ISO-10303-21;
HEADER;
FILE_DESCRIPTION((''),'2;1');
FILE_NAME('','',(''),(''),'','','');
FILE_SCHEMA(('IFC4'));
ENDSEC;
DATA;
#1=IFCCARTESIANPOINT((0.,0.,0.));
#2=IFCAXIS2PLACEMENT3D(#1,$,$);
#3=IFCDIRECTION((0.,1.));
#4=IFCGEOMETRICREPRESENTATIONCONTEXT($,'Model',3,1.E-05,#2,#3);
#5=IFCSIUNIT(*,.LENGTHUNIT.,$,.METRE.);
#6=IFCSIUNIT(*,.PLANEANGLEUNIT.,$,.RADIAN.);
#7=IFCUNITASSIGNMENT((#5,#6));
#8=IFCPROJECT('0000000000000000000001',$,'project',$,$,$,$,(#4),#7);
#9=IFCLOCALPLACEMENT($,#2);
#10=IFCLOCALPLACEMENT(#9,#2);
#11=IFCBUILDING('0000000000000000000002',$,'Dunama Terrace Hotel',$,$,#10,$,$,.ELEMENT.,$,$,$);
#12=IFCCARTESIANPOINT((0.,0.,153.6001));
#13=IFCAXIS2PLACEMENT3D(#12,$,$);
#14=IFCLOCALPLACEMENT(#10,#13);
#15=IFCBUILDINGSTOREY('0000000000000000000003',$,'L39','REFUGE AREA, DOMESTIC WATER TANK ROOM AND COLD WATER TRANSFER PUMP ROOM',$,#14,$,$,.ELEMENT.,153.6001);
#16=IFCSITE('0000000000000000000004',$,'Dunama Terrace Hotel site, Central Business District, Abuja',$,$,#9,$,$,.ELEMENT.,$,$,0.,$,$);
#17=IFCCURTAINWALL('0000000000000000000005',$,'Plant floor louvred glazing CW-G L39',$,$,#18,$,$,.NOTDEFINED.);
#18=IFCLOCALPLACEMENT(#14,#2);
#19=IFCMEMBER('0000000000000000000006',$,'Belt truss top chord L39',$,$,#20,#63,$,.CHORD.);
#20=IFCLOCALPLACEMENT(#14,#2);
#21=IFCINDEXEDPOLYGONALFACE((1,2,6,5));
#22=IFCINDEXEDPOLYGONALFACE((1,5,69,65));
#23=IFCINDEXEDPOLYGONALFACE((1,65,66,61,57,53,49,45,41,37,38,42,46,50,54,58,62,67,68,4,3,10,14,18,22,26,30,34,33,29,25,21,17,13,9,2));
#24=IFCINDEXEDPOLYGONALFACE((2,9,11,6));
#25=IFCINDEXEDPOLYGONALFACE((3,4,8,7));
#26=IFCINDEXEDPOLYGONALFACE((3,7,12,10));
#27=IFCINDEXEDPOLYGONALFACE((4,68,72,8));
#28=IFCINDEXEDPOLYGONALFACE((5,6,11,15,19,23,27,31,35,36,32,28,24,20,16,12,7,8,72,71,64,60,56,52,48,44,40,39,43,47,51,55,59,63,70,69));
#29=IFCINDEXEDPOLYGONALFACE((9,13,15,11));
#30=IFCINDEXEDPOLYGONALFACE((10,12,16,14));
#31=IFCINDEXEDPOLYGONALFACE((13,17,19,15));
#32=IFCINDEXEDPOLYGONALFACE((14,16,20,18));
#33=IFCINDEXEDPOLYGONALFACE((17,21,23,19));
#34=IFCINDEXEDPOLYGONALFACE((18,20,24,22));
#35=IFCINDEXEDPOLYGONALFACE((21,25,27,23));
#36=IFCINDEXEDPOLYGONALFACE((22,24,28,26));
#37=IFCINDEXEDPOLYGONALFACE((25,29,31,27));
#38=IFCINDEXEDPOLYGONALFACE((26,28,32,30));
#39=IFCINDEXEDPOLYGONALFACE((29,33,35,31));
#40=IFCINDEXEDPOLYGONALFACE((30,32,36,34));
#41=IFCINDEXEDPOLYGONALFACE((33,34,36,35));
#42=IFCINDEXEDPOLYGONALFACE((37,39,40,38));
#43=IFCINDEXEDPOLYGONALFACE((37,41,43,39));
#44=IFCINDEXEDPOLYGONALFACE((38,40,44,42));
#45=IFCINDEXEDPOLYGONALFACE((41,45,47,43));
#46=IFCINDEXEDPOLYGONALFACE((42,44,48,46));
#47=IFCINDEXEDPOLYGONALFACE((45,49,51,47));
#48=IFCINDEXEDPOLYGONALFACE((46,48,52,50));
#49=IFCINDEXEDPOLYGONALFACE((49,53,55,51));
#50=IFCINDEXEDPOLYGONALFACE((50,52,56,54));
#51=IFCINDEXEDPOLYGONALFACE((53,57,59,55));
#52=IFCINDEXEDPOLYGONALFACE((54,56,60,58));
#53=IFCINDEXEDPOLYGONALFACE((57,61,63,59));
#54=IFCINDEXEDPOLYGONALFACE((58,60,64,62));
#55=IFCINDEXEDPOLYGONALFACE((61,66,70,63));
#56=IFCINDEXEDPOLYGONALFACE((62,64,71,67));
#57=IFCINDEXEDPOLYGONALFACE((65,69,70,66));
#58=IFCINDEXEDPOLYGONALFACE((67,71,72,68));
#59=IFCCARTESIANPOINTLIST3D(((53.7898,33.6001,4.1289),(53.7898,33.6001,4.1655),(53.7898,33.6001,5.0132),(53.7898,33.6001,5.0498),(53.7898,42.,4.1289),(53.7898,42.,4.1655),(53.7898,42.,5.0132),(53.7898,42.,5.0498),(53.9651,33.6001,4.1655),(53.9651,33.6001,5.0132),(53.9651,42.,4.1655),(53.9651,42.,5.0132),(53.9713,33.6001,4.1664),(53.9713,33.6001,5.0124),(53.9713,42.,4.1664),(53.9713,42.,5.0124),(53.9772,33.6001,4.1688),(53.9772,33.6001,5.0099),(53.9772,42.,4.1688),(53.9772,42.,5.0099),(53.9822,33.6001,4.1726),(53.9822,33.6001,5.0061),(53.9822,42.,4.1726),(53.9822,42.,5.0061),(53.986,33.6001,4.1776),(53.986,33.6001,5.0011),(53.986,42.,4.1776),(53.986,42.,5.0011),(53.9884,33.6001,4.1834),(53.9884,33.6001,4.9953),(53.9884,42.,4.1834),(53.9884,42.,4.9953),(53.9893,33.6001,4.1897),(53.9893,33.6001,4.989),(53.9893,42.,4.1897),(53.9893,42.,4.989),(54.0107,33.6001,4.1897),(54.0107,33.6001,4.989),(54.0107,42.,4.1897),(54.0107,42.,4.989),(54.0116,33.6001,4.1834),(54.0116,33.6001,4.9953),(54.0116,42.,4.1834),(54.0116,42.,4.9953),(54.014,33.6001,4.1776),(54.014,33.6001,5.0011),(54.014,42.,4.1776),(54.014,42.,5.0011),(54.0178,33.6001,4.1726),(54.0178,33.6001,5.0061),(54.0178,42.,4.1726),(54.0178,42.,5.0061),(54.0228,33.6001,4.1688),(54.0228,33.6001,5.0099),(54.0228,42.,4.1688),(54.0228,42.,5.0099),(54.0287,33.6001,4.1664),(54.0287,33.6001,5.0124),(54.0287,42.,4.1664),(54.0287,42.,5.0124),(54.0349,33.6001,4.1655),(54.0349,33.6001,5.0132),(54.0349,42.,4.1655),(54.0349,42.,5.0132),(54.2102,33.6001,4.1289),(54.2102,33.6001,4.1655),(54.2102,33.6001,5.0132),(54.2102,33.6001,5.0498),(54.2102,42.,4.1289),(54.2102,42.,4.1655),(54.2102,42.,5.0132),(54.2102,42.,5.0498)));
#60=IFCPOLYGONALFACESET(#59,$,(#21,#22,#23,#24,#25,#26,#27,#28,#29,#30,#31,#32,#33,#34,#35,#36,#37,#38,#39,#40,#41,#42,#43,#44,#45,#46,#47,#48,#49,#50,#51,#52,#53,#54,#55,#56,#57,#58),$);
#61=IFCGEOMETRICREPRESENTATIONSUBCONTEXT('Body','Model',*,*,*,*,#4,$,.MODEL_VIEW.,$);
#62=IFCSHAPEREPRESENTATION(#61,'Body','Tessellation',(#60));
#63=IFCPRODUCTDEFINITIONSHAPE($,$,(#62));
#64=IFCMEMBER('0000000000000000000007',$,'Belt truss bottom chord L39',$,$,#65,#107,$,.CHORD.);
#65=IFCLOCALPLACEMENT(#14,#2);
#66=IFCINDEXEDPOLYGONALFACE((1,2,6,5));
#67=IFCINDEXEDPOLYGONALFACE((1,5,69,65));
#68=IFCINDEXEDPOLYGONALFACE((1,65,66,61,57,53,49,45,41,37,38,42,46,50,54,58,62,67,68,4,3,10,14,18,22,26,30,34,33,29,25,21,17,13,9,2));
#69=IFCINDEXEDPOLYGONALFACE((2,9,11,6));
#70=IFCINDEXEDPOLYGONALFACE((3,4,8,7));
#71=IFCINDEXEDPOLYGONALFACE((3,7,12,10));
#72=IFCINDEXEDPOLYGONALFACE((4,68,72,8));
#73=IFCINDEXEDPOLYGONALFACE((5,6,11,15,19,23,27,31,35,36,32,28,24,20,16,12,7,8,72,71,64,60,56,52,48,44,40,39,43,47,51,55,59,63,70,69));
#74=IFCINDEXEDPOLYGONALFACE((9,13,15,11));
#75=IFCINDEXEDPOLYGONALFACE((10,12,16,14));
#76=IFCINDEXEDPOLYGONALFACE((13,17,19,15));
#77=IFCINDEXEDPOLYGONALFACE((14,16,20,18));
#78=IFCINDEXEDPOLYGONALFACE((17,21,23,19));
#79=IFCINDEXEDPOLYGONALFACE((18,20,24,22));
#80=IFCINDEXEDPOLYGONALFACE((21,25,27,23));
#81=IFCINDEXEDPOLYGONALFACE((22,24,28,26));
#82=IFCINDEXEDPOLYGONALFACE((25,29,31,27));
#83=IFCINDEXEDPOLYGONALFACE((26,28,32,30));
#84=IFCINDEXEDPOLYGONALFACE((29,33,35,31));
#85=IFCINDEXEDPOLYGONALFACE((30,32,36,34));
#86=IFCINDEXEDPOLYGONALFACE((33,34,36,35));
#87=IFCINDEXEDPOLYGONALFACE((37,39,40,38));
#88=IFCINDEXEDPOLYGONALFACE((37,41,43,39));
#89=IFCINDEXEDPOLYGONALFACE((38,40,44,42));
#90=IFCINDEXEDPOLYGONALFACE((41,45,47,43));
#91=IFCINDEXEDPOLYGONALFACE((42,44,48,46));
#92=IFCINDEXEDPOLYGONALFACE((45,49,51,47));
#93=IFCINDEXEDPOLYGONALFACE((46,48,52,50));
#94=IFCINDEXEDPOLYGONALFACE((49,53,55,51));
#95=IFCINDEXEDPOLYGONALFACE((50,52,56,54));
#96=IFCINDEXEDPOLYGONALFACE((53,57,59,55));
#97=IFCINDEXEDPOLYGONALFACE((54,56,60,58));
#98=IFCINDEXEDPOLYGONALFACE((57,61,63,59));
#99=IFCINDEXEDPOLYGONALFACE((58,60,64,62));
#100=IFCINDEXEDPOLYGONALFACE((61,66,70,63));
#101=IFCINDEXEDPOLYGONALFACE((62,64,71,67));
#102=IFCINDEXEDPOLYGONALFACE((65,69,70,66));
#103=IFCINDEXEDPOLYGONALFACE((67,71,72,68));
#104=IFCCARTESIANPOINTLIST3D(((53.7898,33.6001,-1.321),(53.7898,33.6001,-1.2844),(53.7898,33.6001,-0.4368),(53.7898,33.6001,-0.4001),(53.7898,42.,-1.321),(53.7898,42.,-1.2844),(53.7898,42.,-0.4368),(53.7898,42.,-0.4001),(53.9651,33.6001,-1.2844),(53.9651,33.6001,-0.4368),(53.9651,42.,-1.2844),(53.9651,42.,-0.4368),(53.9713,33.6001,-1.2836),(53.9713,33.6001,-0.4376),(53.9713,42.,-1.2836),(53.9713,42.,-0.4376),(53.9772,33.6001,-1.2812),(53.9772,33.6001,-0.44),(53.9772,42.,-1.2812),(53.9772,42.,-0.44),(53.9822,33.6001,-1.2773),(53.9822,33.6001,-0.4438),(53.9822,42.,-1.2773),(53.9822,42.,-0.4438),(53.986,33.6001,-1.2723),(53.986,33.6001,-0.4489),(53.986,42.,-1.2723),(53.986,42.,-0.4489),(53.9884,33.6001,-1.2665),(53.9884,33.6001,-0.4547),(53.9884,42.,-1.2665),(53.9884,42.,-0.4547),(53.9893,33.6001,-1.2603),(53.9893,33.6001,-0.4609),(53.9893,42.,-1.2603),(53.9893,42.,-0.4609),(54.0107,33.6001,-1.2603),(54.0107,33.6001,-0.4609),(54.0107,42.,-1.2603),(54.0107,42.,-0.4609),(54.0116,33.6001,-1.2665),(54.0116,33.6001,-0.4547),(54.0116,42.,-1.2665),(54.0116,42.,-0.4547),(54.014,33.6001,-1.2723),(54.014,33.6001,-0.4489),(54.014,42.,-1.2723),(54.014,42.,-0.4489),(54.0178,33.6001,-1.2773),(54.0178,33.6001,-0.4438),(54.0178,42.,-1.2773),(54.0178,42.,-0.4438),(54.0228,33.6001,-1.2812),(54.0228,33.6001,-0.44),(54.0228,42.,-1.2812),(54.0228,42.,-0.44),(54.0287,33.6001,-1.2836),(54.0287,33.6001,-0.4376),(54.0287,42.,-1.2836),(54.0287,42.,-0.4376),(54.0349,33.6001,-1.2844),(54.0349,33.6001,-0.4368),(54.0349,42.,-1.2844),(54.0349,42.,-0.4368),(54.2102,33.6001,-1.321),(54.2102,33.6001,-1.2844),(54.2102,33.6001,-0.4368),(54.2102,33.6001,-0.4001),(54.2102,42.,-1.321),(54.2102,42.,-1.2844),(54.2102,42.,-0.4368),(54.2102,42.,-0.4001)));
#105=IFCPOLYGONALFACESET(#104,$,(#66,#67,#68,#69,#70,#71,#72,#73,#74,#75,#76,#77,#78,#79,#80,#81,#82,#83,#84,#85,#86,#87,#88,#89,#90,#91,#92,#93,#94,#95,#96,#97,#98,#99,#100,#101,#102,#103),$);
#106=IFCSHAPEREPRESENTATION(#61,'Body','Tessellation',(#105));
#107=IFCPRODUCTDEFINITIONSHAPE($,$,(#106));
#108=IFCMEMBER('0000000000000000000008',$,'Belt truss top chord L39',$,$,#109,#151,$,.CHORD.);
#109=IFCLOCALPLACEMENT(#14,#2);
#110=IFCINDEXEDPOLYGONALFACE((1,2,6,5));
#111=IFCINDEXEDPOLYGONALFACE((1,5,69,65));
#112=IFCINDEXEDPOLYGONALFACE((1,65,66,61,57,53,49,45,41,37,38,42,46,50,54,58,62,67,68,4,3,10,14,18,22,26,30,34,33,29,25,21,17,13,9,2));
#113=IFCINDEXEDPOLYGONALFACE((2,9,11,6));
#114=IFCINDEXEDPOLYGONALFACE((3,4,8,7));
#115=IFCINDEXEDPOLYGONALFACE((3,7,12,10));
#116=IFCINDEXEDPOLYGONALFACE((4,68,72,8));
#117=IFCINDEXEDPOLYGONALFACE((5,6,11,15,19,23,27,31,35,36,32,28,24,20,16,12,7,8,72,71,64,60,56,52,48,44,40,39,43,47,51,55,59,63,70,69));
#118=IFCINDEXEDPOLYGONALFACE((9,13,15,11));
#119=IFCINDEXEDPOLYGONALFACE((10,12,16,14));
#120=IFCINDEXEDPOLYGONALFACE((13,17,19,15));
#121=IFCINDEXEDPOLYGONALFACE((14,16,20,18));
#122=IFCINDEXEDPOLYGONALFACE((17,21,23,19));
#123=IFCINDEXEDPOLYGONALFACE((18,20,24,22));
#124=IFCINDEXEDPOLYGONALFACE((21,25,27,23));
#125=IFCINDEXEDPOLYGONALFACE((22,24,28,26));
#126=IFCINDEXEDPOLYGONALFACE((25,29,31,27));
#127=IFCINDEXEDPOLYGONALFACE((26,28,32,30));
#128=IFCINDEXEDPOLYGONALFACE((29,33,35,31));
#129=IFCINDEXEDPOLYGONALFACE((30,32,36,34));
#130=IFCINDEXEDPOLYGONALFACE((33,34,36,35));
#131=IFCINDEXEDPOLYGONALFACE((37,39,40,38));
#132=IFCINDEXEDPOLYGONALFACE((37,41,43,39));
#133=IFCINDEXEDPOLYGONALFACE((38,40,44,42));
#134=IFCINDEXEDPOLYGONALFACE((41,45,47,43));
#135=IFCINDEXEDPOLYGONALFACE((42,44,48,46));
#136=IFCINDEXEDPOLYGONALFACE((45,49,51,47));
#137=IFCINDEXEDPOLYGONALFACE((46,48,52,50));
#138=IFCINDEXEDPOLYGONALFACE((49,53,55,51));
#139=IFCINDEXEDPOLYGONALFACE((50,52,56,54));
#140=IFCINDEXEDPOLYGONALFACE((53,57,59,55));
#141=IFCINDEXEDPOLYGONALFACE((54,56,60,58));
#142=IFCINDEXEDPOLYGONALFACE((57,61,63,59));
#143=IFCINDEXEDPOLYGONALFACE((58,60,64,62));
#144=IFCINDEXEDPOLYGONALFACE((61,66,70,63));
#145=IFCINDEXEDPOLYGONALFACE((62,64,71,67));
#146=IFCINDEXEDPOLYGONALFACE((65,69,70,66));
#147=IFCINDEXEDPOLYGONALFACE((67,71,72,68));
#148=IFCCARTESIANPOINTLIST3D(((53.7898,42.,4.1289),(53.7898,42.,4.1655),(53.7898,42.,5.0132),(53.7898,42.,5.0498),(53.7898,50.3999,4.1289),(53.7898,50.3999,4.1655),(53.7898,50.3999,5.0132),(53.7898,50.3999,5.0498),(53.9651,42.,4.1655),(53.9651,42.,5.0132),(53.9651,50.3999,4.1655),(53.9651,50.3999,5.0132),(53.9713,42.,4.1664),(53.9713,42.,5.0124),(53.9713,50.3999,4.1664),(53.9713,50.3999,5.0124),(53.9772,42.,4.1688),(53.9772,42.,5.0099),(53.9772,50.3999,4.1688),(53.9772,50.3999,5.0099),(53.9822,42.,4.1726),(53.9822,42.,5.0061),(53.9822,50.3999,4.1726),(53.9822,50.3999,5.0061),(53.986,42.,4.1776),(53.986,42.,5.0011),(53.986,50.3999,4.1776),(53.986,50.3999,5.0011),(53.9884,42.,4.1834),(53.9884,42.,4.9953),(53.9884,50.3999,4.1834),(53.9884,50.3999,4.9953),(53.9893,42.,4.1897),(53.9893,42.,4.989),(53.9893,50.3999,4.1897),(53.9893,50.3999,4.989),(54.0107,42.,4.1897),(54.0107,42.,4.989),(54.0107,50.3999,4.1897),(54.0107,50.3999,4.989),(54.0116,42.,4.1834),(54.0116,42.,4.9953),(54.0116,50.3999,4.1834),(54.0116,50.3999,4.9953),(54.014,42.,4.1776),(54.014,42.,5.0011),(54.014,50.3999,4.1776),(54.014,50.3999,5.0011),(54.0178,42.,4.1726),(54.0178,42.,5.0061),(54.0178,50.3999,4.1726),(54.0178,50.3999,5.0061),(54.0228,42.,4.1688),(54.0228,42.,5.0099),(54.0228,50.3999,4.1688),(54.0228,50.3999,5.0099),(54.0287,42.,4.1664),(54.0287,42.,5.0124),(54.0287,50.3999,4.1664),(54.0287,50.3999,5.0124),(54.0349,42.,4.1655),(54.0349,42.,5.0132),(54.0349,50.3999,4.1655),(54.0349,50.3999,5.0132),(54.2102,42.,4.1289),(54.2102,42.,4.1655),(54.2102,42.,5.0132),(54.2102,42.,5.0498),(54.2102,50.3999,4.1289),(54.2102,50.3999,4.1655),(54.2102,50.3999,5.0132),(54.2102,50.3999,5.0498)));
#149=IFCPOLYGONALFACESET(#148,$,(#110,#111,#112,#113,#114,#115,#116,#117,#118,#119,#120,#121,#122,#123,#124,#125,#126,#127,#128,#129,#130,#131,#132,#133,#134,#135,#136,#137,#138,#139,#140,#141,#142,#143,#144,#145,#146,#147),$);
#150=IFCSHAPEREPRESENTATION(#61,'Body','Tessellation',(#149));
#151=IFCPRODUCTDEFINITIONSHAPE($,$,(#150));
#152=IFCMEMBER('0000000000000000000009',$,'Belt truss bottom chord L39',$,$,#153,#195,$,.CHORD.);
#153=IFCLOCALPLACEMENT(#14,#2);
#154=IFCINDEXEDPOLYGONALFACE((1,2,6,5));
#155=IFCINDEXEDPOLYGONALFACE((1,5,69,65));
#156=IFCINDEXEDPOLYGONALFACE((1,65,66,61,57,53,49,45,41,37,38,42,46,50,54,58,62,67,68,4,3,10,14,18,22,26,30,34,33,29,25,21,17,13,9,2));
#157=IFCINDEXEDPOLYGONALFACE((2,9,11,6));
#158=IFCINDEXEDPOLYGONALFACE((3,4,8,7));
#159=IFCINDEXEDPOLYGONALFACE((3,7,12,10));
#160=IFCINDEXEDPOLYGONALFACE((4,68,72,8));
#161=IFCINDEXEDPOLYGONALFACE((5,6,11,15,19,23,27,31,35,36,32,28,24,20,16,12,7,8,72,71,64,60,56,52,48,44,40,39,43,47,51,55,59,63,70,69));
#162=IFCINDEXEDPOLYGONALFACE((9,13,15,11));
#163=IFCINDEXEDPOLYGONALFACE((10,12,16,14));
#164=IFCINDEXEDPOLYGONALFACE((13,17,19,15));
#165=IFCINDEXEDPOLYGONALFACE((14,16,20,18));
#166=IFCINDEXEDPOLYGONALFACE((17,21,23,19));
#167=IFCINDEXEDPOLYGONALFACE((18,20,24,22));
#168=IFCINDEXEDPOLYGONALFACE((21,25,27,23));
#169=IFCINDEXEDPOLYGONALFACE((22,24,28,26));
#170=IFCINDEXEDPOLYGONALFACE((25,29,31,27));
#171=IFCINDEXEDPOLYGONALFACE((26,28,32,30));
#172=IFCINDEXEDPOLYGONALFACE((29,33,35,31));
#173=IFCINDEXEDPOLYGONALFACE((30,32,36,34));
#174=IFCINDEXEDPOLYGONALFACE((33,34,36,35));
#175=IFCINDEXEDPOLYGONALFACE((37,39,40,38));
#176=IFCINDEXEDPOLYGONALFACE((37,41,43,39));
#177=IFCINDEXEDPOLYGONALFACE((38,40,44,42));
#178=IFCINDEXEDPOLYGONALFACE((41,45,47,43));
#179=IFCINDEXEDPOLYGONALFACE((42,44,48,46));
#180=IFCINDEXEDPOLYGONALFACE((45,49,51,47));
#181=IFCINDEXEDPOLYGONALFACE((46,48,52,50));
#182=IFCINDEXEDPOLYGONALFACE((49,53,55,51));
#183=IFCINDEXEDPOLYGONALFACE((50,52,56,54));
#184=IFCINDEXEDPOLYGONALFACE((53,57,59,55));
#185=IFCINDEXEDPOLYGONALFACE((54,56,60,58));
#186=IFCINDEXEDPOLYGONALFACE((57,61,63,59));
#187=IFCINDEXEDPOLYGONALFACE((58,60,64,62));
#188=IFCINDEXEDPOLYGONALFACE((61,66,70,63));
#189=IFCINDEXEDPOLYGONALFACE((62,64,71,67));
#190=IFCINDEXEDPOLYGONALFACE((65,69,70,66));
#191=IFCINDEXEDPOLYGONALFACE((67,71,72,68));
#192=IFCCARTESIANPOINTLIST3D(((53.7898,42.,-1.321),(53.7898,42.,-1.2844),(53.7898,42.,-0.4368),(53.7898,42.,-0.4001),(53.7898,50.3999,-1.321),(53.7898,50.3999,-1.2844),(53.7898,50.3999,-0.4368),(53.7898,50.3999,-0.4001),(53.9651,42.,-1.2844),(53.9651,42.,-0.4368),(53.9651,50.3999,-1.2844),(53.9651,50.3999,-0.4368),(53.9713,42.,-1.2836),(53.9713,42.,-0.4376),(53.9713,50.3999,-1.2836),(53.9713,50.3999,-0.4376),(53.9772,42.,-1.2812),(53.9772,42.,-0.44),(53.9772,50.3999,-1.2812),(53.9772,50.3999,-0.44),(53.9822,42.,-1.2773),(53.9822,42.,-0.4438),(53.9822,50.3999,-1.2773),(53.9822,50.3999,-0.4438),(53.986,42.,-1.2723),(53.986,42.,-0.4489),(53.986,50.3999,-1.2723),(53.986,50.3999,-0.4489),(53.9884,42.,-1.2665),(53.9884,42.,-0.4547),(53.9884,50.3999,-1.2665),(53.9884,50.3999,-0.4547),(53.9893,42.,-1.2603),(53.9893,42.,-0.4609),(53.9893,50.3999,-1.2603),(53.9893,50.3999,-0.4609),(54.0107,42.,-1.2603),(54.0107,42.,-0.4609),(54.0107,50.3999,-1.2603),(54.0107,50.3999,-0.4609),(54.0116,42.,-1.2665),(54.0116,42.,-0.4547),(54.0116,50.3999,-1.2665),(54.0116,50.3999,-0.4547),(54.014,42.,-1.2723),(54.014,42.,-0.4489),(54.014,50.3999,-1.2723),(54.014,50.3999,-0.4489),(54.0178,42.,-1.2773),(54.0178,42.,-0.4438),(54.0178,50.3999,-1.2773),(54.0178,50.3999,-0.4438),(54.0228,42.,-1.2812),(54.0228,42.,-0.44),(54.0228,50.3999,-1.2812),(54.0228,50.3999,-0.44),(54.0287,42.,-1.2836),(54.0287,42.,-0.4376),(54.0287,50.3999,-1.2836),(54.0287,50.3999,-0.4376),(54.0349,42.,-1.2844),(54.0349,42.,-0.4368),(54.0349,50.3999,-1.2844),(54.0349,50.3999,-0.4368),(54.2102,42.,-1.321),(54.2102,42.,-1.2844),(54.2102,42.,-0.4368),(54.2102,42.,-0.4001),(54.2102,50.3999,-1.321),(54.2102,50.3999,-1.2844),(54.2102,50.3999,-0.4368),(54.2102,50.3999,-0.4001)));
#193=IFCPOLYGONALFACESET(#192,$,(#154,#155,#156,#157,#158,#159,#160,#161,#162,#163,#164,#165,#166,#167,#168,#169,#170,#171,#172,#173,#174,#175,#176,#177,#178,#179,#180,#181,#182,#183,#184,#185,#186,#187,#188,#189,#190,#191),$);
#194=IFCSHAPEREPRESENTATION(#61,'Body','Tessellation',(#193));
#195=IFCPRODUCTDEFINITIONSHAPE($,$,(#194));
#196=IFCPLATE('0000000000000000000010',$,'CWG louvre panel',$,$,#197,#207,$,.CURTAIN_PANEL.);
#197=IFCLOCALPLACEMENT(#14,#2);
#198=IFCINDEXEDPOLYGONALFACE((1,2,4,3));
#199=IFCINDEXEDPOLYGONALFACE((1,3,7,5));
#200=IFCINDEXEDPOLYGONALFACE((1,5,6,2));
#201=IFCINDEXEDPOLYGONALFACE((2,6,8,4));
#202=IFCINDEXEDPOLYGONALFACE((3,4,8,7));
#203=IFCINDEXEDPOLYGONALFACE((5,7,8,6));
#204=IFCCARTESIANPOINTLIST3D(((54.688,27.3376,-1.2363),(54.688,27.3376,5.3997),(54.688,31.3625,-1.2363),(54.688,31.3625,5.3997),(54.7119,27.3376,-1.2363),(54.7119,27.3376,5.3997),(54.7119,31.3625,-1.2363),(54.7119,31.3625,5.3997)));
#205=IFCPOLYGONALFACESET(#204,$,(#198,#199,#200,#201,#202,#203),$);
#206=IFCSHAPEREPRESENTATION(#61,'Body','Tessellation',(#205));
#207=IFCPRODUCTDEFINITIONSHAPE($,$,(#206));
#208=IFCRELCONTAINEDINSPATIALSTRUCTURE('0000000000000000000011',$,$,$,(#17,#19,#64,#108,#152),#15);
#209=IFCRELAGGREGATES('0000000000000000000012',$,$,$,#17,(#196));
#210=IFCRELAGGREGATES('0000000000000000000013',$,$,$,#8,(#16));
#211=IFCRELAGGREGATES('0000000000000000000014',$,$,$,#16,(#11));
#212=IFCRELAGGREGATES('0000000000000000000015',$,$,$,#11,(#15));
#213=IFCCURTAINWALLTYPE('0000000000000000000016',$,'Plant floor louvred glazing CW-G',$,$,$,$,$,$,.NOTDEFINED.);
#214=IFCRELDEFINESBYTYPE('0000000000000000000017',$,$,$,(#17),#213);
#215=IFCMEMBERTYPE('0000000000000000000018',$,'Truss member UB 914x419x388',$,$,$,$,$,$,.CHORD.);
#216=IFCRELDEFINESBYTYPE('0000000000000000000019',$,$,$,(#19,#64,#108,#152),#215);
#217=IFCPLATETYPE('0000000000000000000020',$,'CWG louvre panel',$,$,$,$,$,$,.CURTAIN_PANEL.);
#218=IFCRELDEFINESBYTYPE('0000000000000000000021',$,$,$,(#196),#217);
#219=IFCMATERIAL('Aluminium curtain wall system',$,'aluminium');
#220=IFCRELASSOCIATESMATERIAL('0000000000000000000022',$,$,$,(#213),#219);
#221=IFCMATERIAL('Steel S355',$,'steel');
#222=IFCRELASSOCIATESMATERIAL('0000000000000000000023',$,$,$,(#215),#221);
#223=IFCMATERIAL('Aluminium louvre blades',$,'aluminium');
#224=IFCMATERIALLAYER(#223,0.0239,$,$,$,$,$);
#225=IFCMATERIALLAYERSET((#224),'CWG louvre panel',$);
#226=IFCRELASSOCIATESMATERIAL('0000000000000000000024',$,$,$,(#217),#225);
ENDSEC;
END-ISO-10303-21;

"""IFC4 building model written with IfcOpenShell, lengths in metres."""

from ifc_helpers import new_model, si_unit, direction, frame, origin, origin_2d, place, context, subcontext, project, spatial, rectangle, i_section, extrude, material, layer, layer_set, material_profile, profile_set, type_object, element, aggregate, save


model = new_model("IFC4")

# Units and contexts
model_context = context("Model", 3, precision=1e-05, world=origin(), true_north=direction((0.0, 1.0)))
body_context = subcontext(model_context, "Body", "Model", "MODEL_VIEW")
ifc_project = project(units=[si_unit("LENGTHUNIT", "METRE"), si_unit("PLANEANGLEUNIT", "RADIAN")], contexts=[model_context])

# Site, building, storey
site_placement = place(None, origin())
site = spatial("IfcSite", under=ifc_project, at=site_placement, Name="Dunama Terrace Hotel site, Central Business District, Abuja", CompositionType="ELEMENT", RefElevation=0.0)
building_placement = place(site_placement, origin())
building = spatial("IfcBuilding", under=site, at=building_placement, Name="Dunama Terrace Hotel", CompositionType="ELEMENT")
storey_placement = place(building_placement, frame((0.0, 0.0, 153.6001)))
storey = spatial("IfcBuildingStorey", under=building, at=storey_placement, Name="L39", Description="REFUGE AREA, DOMESTIC WATER TANK ROOM AND COLD WATER TRANSFER PUMP ROOM", CompositionType="ELEMENT", Elevation=153.6001)

# Curtain wall
ifc_material_1 = material(Name="Aluminium curtain wall system", Category="aluminium")
curtain_wall_type = type_object("IfcCurtainWallType", Name="Plant floor louvred glazing CW-G", PredefinedType="NOTDEFINED", material=ifc_material_1)
curtain_wall_placement = place(storey_placement, origin())
curtain_wall = element("IfcCurtainWall", 1, at=curtain_wall_placement, inside=storey, type_object=curtain_wall_type, Name="Plant floor louvred glazing CW-G L39", PredefinedType="NOTDEFINED")

# Members
ifc_material_2 = material(Name="Steel S355", Category="steel")
ifc_material_profile_1 = material_profile(ifc_material_2, i_section(OverallWidth=0.4204, OverallDepth=0.9209, WebThickness=0.0215, FlangeThickness=0.0366, FilletRadius=0.0242, at=origin_2d()), Name="UB 914x419x388")
ifc_profile_set_1 = profile_set([ifc_material_profile_1], Name="Steel S355")
member_type_1 = type_object("IfcMemberType", Name="Truss member UB 914x419x388", PredefinedType="CHORD", material=ifc_profile_set_1)
for number, where, z_axis, x_axis, name in (
    (2, (54.0, 33.6001, 4.5894), (0.0, 1.0, 0.0), (-1.0, 0.0, 0.0), "Belt truss top chord L39"),
    (3, (54.0, 33.6001, -0.8606), (0.0, 1.0, 0.0), (-1.0, 0.0, 0.0), "Belt truss bottom chord L39"),
    (4, (54.0, 42.0, 4.5894), (0.0, 1.0, 0.0), (-1.0, 0.0, 0.0), "Belt truss top chord L39"),
    (5, (54.0, 42.0, -0.8606), (0.0, 1.0, 0.0), (-1.0, 0.0, 0.0), "Belt truss bottom chord L39"),
):
    element("IfcMember", number, at=place(storey_placement, frame(where, z_axis=z_axis, x_axis=x_axis)), inside=storey, type_object=member_type_1, Name=name, PredefinedType="CHORD", context=body_context, shape_type="SweptSolid", body=[
        extrude(i_section(OverallWidth=0.4204, OverallDepth=0.9209, WebThickness=0.0215, FlangeThickness=0.0366, FilletRadius=0.0242, at=origin_2d()), origin(), (0.0, 0.0, 1.0), 8.3999),
    ])

# Plate
ifc_material_3 = material(Name="Aluminium louvre blades", Category="aluminium")
ifc_layer_1 = layer(ifc_material_3, 0.0239)
ifc_layer_set_1 = layer_set([ifc_layer_1], Name="CWG louvre panel")
plate_type = type_object("IfcPlateType", Name="CWG louvre panel", PredefinedType="CURTAIN_PANEL", material=ifc_layer_set_1)
plate_1_placement = place(storey_placement, frame((54.7, 29.3501, -1.2363), z_axis=(0.0, 0.0, 1.0), x_axis=(0.0, 1.0, 0.0)))
plate_1 = element("IfcPlate", 6, at=plate_1_placement, type_object=plate_type, Name="CWG louvre panel", PredefinedType="CURTAIN_PANEL", context=body_context, shape_type="SweptSolid", body=[
    extrude(rectangle(XDim=4.0249, YDim=0.0239, at=origin_2d()), origin(), (0.0, 0.0, 1.0), 6.636),
])
aggregate(curtain_wall, [plate_1])

save(model, "model.ifc")
